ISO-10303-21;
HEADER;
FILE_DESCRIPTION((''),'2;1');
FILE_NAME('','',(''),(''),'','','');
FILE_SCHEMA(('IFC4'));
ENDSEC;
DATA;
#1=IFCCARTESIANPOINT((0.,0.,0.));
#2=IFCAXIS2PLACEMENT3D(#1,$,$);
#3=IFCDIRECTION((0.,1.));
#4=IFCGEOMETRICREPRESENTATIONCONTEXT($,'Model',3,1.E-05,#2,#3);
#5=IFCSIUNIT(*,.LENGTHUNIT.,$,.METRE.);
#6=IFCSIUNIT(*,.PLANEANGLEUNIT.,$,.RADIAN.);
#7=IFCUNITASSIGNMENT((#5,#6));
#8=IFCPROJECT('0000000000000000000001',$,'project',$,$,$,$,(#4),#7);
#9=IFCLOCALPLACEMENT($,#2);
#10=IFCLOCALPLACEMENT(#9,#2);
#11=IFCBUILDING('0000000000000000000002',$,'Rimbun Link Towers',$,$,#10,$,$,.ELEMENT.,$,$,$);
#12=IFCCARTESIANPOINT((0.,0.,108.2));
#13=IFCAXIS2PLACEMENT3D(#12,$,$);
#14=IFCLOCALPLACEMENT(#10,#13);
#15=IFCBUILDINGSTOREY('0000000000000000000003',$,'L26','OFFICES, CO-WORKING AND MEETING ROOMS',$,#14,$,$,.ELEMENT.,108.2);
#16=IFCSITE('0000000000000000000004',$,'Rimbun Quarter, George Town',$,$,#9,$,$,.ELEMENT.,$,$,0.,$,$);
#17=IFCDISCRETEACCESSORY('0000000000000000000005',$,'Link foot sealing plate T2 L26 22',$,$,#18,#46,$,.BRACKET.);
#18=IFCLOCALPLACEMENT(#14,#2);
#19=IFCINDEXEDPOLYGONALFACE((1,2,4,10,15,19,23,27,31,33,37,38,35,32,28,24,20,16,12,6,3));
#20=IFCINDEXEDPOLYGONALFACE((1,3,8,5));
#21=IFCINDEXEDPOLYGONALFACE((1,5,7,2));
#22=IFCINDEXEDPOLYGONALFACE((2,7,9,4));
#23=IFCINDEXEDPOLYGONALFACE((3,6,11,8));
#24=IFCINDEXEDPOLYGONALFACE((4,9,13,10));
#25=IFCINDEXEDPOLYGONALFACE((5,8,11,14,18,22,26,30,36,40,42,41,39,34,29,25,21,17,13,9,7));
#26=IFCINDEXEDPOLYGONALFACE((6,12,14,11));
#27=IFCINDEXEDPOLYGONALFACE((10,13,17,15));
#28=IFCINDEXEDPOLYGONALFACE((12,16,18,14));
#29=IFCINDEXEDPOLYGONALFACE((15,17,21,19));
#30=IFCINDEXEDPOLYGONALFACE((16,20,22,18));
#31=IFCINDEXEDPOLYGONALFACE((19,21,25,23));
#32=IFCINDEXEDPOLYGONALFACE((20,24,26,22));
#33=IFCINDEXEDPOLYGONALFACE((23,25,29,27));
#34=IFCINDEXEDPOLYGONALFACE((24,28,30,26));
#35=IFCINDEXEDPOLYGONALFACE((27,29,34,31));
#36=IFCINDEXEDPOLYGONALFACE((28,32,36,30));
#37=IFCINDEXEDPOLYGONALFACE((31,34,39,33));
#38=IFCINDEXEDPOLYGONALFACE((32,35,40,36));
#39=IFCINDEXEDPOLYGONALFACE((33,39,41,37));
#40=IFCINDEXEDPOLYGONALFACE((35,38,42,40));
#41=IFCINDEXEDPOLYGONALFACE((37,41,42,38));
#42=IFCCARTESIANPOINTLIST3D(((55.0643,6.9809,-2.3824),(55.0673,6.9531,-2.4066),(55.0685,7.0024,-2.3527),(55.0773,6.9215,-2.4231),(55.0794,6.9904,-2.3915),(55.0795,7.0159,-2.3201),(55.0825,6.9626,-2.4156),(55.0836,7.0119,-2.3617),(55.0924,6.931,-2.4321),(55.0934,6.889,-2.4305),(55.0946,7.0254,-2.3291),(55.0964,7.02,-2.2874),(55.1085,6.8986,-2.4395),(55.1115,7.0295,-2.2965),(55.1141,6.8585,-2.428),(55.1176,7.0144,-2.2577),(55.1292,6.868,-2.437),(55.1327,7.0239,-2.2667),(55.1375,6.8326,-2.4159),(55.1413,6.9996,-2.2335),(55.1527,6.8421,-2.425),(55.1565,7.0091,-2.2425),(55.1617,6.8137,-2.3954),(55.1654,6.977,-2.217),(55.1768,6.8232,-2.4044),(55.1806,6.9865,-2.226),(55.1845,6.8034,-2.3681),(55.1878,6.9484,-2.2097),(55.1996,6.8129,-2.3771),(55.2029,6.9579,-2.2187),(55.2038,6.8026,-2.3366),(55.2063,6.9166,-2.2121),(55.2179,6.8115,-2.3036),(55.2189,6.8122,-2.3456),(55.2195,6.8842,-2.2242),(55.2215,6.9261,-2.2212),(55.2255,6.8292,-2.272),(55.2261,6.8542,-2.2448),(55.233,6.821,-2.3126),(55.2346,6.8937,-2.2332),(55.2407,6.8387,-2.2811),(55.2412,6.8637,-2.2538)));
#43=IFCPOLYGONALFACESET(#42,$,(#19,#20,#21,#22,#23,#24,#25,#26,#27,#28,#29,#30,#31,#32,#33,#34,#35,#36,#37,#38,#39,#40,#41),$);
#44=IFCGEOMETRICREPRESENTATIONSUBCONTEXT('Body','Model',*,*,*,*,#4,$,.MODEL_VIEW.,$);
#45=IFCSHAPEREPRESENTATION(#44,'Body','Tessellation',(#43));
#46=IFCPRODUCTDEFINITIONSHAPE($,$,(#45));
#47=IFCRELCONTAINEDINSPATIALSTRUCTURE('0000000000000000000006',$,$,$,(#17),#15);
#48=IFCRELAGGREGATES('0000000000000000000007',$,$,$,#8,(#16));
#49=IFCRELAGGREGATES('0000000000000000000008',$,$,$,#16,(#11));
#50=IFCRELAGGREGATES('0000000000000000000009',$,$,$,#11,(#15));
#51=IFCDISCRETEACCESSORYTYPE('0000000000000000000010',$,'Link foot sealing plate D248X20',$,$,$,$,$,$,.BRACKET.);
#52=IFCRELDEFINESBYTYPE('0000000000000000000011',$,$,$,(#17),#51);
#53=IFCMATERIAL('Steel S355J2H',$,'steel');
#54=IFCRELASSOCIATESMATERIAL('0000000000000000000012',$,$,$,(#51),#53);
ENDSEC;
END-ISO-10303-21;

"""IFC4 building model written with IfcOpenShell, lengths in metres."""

from ifc_helpers import new_model, si_unit, direction, frame, origin, origin_2d, place, context, subcontext, project, spatial, circle, extrude, material, material_profile, profile_set, type_object, element, save


model = new_model("IFC4")

# Units and contexts
model_context = context("Model", 3, precision=1e-05, world=origin(), true_north=direction((0.0, 1.0)))
body_context = subcontext(model_context, "Body", "Model", "MODEL_VIEW")
ifc_project = project(units=[si_unit("LENGTHUNIT", "METRE"), si_unit("PLANEANGLEUNIT", "RADIAN")], contexts=[model_context])

# Site, building, storey
site_placement = place(None, origin())
site = spatial("IfcSite", under=ifc_project, at=site_placement, Name="Rimbun Quarter, George Town", CompositionType="ELEMENT", RefElevation=0.0)
building_placement = place(site_placement, origin())
building = spatial("IfcBuilding", under=site, at=building_placement, Name="Rimbun Link Towers", CompositionType="ELEMENT")
storey_placement = place(building_placement, frame((0.0, 0.0, 108.2)))
storey = spatial("IfcBuildingStorey", under=building, at=storey_placement, Name="L26", Description="OFFICES, CO-WORKING AND MEETING ROOMS", CompositionType="ELEMENT", Elevation=108.2)

# Discrete accessory
ifc_material_1 = material(Name="Steel S355J2H", Category="steel")
ifc_material_profile_1 = material_profile(ifc_material_1, circle(Radius=0.124, at=origin_2d()), Name="PL D248")
ifc_profile_set_1 = profile_set([ifc_material_profile_1], Name="Steel S355J2H")
discrete_accessory_type = type_object("IfcDiscreteAccessoryType", Name="Link foot sealing plate D248X20", PredefinedType="BRACKET", material=ifc_profile_set_1)
discrete_accessory_placement = place(storey_placement, frame((55.1455, 6.9109, -2.3201), z_axis=(0.755536, 0.475256, -0.450884), x_axis=(-0.532451, 0.846461, 0.0)))
element("IfcDiscreteAccessory", 1, at=discrete_accessory_placement, inside=storey, type_object=discrete_accessory_type, Name="Link foot sealing plate T2 L26 22", PredefinedType="BRACKET", context=body_context, shape_type="SweptSolid", body=[
    extrude(circle(Radius=0.124, at=origin_2d()), origin(), (0.0, 0.0, 1.0), 0.02),
])

save(model, "model.ifc")
